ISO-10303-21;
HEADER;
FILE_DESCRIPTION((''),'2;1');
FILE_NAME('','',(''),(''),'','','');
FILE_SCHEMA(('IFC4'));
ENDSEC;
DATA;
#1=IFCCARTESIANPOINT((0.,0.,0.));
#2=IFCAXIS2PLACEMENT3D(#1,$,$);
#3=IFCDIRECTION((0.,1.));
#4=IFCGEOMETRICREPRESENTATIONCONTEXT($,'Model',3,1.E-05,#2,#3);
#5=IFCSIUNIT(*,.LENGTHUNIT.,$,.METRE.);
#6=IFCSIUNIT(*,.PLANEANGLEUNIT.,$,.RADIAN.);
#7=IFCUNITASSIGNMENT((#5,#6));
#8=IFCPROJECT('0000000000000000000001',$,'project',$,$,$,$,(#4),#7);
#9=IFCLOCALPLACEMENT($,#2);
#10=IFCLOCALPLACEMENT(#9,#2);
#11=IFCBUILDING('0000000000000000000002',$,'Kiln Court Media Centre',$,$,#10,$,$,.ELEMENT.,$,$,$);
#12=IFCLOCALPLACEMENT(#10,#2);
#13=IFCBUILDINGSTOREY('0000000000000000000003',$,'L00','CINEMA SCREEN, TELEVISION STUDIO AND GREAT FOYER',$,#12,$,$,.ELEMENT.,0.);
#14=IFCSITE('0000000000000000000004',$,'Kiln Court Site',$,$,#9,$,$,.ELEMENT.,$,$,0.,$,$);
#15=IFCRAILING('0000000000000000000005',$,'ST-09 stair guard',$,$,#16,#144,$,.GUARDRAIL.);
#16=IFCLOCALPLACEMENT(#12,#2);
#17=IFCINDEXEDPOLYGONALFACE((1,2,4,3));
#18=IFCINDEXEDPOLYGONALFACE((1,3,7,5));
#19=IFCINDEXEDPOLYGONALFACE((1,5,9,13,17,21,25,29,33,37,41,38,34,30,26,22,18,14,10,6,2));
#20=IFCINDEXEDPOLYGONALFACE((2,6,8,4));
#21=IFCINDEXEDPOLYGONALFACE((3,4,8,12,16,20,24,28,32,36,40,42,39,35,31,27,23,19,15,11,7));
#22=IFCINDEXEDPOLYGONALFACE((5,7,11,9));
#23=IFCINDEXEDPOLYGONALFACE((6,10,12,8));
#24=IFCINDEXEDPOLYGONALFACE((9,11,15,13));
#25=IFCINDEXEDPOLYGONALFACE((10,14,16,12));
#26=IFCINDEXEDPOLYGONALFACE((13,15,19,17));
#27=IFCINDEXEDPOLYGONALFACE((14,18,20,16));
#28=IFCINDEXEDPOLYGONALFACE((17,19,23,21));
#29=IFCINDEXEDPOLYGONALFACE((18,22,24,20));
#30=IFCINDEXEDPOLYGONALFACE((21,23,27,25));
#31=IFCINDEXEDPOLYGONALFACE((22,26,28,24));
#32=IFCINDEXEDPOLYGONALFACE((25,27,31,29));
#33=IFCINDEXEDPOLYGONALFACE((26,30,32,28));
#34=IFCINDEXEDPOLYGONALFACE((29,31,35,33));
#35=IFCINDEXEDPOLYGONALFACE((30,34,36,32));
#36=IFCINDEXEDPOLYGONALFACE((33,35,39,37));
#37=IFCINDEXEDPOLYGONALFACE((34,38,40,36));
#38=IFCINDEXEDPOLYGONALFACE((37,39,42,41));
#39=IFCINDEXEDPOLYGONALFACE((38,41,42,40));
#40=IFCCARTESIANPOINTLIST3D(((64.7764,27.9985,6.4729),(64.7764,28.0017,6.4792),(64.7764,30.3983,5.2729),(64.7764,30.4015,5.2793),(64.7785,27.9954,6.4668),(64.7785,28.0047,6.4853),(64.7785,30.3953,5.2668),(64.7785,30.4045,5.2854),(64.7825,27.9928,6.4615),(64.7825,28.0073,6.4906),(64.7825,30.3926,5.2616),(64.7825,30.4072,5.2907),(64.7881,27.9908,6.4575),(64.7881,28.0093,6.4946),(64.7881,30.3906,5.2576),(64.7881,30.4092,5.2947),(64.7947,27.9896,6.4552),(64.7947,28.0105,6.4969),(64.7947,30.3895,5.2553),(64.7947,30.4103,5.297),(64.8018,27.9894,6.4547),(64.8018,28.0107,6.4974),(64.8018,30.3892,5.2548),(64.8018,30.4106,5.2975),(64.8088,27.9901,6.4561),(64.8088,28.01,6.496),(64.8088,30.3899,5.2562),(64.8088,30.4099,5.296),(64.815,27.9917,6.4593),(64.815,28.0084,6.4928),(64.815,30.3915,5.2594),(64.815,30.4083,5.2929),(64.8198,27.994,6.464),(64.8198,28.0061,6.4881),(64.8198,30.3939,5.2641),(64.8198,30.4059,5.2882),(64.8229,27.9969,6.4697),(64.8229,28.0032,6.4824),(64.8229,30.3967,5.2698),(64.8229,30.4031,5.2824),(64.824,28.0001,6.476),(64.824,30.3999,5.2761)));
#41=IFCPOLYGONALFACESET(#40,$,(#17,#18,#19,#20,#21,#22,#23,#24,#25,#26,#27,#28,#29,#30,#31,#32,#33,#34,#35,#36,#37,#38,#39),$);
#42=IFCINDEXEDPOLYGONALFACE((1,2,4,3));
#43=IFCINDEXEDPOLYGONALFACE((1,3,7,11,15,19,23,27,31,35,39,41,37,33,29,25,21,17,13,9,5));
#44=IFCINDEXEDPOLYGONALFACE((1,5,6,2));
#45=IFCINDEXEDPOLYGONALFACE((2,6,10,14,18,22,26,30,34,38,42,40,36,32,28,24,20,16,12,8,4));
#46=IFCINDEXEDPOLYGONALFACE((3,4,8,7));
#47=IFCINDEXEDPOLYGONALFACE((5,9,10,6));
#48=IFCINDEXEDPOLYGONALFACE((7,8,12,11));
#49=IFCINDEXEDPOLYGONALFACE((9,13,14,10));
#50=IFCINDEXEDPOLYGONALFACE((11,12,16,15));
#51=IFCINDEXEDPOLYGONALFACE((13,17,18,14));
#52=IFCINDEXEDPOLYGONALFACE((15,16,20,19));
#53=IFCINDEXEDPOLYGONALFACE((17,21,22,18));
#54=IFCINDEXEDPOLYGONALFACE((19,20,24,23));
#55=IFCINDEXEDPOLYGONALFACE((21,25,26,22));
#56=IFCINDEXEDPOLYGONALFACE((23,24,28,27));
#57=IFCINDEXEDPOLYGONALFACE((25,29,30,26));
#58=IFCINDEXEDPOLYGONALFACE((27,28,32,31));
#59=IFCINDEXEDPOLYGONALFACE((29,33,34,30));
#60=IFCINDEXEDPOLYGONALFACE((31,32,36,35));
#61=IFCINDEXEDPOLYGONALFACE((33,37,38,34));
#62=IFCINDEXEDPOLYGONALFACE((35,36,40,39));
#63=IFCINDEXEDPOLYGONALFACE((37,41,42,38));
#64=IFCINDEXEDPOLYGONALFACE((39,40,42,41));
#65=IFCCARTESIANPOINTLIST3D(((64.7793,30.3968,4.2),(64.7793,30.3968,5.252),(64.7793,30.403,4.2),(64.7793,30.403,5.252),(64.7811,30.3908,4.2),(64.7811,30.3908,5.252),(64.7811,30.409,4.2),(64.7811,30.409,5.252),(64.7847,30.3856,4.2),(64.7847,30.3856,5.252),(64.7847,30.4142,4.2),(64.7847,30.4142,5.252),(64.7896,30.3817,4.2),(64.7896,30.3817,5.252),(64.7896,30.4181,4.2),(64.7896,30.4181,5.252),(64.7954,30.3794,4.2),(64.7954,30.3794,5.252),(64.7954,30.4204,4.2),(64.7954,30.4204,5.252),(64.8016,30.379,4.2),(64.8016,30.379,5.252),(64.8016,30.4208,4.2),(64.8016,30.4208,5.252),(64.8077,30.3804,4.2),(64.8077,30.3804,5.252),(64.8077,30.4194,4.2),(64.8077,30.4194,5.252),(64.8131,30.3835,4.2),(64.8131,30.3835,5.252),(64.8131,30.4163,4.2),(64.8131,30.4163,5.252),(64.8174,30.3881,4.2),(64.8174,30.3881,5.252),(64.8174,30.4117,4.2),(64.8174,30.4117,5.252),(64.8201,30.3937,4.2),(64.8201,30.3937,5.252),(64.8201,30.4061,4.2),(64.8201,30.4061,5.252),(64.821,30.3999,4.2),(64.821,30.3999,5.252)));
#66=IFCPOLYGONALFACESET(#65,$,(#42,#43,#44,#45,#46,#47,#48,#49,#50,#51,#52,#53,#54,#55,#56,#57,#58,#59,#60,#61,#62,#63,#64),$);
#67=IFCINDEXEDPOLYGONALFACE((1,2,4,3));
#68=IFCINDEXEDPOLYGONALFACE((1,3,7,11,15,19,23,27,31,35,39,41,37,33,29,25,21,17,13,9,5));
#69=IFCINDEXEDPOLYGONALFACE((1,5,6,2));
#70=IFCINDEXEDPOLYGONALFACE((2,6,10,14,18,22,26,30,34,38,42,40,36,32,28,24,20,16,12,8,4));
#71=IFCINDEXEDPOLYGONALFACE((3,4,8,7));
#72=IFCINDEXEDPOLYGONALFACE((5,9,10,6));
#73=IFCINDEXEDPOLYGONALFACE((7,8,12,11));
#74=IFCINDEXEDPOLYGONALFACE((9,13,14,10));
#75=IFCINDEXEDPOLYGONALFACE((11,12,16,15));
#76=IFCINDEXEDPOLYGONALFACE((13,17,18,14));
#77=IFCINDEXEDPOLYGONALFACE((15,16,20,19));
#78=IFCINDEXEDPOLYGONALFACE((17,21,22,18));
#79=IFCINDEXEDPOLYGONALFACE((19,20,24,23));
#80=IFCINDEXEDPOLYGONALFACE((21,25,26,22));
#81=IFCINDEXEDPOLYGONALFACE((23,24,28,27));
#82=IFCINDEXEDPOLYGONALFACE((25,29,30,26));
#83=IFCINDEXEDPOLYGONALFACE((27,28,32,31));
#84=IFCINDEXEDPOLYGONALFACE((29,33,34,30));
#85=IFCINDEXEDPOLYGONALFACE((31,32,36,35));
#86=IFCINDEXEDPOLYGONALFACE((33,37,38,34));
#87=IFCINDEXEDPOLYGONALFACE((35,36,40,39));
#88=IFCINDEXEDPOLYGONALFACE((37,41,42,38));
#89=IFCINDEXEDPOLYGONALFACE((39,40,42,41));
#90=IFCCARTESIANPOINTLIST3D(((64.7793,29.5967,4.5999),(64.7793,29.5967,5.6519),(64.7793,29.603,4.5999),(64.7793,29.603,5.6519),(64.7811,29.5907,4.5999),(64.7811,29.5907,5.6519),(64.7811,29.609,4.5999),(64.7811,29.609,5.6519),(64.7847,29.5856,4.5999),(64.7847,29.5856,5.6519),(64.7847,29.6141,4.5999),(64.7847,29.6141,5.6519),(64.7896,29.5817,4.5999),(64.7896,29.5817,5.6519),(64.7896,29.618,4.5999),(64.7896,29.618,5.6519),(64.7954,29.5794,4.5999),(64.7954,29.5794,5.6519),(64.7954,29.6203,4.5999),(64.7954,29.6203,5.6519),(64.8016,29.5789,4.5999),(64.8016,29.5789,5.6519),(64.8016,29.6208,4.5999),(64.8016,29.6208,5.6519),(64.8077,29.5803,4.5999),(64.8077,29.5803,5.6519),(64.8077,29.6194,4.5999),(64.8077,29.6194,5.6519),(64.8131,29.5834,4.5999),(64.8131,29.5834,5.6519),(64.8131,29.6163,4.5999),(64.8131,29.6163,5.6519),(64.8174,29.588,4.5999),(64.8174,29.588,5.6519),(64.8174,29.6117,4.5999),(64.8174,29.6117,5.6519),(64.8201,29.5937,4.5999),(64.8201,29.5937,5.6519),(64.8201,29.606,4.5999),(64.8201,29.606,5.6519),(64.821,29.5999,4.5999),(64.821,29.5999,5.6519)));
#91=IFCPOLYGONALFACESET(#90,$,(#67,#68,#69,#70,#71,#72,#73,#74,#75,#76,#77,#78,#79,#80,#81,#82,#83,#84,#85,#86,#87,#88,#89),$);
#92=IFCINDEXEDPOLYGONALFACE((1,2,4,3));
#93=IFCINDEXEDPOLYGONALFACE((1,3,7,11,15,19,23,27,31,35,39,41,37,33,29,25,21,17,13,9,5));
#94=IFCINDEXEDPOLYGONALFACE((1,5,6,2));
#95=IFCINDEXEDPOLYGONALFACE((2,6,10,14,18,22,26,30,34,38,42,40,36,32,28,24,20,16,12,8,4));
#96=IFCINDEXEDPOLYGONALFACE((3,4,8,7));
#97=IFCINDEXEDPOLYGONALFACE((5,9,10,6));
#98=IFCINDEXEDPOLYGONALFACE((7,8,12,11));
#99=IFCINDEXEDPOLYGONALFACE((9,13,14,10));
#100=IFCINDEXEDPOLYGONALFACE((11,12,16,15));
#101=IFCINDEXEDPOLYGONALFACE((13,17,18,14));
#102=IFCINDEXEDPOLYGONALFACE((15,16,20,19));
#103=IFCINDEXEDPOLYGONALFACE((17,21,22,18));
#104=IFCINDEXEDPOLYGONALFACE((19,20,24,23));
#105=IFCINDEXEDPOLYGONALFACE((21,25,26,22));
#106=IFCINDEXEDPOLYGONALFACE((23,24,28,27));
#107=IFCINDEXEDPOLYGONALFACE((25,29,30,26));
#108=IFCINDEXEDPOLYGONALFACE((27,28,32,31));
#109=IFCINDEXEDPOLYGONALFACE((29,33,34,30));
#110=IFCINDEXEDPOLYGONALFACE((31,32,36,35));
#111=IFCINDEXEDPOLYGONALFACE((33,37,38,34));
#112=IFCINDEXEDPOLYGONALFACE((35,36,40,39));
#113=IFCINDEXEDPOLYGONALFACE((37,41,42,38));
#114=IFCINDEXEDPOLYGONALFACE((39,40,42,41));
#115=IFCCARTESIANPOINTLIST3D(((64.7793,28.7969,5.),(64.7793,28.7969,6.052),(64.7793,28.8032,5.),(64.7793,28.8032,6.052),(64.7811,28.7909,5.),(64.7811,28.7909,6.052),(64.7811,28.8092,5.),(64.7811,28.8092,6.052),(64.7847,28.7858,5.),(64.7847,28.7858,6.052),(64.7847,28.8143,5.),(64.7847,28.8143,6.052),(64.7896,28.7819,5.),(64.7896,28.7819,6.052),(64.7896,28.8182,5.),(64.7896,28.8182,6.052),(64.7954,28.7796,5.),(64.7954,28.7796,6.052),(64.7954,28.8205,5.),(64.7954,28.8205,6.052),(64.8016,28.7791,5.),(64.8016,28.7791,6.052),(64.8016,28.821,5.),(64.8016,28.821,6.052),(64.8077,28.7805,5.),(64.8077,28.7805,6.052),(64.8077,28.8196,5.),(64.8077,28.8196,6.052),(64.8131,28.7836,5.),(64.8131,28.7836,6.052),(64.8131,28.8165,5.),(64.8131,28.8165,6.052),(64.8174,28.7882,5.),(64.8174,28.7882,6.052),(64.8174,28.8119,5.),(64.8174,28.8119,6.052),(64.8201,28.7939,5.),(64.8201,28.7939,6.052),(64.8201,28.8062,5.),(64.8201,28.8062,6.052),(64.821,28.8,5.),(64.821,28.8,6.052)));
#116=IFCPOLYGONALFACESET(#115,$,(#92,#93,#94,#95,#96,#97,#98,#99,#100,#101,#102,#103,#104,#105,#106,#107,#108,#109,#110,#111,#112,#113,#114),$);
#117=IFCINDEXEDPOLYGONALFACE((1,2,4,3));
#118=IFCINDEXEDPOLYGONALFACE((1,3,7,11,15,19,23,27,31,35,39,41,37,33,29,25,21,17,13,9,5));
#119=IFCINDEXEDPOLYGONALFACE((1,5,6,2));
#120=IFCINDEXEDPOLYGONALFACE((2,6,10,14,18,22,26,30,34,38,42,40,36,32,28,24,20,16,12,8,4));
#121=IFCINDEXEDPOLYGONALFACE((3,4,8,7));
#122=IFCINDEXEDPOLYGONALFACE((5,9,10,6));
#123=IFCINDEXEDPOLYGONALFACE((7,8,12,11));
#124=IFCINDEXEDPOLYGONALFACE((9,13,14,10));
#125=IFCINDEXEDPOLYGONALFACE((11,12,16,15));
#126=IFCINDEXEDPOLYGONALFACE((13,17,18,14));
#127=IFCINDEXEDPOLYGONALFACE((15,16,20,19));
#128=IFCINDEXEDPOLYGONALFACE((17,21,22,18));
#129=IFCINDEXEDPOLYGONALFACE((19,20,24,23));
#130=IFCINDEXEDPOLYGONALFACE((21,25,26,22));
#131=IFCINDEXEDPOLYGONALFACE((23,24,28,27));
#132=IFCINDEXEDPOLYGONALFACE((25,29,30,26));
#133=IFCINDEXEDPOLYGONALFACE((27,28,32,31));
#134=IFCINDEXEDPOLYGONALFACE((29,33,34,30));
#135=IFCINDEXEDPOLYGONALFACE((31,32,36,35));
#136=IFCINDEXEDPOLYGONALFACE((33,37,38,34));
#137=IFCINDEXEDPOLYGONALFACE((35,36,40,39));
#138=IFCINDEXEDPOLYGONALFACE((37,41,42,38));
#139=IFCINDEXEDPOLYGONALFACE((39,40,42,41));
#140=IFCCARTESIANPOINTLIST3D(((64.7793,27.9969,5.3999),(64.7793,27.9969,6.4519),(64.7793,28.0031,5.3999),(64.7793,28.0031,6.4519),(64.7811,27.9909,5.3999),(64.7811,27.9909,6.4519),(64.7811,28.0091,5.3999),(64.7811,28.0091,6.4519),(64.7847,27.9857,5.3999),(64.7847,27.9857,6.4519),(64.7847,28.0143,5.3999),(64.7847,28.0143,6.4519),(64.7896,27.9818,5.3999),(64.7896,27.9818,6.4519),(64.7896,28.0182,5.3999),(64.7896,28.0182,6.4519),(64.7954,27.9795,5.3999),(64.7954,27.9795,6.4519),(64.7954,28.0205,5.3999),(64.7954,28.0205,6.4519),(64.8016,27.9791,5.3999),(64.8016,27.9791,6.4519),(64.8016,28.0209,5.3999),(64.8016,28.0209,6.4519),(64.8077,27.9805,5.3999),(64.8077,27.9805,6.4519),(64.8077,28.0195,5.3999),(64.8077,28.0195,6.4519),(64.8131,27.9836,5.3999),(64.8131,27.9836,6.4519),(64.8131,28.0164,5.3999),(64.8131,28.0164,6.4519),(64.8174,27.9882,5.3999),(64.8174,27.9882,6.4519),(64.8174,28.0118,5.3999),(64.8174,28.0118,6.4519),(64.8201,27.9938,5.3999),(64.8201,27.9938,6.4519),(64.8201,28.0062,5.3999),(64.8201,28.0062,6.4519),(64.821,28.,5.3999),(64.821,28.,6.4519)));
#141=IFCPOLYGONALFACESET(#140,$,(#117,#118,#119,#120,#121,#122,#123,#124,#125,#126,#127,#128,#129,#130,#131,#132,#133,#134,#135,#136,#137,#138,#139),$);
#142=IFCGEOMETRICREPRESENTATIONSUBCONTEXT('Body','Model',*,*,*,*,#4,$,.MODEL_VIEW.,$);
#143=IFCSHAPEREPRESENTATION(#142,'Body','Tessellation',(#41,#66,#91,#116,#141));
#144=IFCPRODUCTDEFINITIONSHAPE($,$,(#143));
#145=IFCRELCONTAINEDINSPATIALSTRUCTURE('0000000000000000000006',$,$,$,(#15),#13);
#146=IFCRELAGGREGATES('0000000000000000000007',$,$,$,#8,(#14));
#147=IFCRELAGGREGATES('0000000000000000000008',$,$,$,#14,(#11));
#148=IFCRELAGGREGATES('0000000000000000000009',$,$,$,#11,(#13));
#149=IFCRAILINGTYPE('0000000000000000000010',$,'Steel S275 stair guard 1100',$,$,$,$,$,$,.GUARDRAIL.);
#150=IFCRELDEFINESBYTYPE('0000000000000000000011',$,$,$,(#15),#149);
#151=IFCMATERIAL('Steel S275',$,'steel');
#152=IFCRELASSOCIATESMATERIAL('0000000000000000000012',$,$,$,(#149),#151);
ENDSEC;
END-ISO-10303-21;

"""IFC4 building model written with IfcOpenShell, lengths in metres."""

from ifc_helpers import new_model, si_unit, direction, frame, origin, origin_2d, place, context, subcontext, project, spatial, circle, extrude, material, type_object, element, save


model = new_model("IFC4")

# Units and contexts
model_context = context("Model", 3, precision=1e-05, world=origin(), true_north=direction((0.0, 1.0)))
body_context = subcontext(model_context, "Body", "Model", "MODEL_VIEW")
ifc_project = project(units=[si_unit("LENGTHUNIT", "METRE"), si_unit("PLANEANGLEUNIT", "RADIAN")], contexts=[model_context])

# Site, building, storey
site_placement = place(None, origin())
site = spatial("IfcSite", under=ifc_project, at=site_placement, Name="Kiln Court Site", CompositionType="ELEMENT", RefElevation=0.0)
building_placement = place(site_placement, origin())
building = spatial("IfcBuilding", under=site, at=building_placement, Name="Kiln Court Media Centre", CompositionType="ELEMENT")
storey_placement = place(building_placement, origin())
storey = spatial("IfcBuildingStorey", under=building, at=storey_placement, Name="L00", Description="CINEMA SCREEN, TELEVISION STUDIO AND GREAT FOYER", CompositionType="ELEMENT", Elevation=0.0)

# Railing
ifc_material_1 = material(Name="Steel S275", Category="steel")
railing_type_1 = type_object("IfcRailingType", Name="Steel S275 stair guard 1100", PredefinedType="GUARDRAIL", material=ifc_material_1)
railing_1_placement = place(storey_placement, frame((64.8, 30.3999, 4.2)))
element("IfcRailing", 1, at=railing_1_placement, inside=storey, type_object=railing_type_1, Name="ST-09 stair guard", PredefinedType="GUARDRAIL", context=body_context, shape_type="SweptSolid", body=[
    extrude(circle(Radius=0.0239, at=origin_2d()), frame((0.0, 0.0, 1.0762), z_axis=(0.0, -0.894427, 0.447214), x_axis=(1.0, 0.0, 0.0)), (0.0, 0.0, 1.0), 2.6831),
    extrude(circle(Radius=0.021, at=origin_2d()), origin(), (0.0, 0.0, 1.0), 1.052),
    extrude(circle(Radius=0.021, at=origin_2d()), frame((0.0, -0.8, 0.3999)), (0.0, 0.0, 1.0), 1.052),
    extrude(circle(Radius=0.021, at=origin_2d()), frame((0.0, -1.5999, 0.8)), (0.0, 0.0, 1.0), 1.052),
    extrude(circle(Radius=0.021, at=origin_2d()), frame((0.0, -2.3999, 1.2)), (0.0, 0.0, 1.0), 1.052),
])

save(model, "model.ifc")
